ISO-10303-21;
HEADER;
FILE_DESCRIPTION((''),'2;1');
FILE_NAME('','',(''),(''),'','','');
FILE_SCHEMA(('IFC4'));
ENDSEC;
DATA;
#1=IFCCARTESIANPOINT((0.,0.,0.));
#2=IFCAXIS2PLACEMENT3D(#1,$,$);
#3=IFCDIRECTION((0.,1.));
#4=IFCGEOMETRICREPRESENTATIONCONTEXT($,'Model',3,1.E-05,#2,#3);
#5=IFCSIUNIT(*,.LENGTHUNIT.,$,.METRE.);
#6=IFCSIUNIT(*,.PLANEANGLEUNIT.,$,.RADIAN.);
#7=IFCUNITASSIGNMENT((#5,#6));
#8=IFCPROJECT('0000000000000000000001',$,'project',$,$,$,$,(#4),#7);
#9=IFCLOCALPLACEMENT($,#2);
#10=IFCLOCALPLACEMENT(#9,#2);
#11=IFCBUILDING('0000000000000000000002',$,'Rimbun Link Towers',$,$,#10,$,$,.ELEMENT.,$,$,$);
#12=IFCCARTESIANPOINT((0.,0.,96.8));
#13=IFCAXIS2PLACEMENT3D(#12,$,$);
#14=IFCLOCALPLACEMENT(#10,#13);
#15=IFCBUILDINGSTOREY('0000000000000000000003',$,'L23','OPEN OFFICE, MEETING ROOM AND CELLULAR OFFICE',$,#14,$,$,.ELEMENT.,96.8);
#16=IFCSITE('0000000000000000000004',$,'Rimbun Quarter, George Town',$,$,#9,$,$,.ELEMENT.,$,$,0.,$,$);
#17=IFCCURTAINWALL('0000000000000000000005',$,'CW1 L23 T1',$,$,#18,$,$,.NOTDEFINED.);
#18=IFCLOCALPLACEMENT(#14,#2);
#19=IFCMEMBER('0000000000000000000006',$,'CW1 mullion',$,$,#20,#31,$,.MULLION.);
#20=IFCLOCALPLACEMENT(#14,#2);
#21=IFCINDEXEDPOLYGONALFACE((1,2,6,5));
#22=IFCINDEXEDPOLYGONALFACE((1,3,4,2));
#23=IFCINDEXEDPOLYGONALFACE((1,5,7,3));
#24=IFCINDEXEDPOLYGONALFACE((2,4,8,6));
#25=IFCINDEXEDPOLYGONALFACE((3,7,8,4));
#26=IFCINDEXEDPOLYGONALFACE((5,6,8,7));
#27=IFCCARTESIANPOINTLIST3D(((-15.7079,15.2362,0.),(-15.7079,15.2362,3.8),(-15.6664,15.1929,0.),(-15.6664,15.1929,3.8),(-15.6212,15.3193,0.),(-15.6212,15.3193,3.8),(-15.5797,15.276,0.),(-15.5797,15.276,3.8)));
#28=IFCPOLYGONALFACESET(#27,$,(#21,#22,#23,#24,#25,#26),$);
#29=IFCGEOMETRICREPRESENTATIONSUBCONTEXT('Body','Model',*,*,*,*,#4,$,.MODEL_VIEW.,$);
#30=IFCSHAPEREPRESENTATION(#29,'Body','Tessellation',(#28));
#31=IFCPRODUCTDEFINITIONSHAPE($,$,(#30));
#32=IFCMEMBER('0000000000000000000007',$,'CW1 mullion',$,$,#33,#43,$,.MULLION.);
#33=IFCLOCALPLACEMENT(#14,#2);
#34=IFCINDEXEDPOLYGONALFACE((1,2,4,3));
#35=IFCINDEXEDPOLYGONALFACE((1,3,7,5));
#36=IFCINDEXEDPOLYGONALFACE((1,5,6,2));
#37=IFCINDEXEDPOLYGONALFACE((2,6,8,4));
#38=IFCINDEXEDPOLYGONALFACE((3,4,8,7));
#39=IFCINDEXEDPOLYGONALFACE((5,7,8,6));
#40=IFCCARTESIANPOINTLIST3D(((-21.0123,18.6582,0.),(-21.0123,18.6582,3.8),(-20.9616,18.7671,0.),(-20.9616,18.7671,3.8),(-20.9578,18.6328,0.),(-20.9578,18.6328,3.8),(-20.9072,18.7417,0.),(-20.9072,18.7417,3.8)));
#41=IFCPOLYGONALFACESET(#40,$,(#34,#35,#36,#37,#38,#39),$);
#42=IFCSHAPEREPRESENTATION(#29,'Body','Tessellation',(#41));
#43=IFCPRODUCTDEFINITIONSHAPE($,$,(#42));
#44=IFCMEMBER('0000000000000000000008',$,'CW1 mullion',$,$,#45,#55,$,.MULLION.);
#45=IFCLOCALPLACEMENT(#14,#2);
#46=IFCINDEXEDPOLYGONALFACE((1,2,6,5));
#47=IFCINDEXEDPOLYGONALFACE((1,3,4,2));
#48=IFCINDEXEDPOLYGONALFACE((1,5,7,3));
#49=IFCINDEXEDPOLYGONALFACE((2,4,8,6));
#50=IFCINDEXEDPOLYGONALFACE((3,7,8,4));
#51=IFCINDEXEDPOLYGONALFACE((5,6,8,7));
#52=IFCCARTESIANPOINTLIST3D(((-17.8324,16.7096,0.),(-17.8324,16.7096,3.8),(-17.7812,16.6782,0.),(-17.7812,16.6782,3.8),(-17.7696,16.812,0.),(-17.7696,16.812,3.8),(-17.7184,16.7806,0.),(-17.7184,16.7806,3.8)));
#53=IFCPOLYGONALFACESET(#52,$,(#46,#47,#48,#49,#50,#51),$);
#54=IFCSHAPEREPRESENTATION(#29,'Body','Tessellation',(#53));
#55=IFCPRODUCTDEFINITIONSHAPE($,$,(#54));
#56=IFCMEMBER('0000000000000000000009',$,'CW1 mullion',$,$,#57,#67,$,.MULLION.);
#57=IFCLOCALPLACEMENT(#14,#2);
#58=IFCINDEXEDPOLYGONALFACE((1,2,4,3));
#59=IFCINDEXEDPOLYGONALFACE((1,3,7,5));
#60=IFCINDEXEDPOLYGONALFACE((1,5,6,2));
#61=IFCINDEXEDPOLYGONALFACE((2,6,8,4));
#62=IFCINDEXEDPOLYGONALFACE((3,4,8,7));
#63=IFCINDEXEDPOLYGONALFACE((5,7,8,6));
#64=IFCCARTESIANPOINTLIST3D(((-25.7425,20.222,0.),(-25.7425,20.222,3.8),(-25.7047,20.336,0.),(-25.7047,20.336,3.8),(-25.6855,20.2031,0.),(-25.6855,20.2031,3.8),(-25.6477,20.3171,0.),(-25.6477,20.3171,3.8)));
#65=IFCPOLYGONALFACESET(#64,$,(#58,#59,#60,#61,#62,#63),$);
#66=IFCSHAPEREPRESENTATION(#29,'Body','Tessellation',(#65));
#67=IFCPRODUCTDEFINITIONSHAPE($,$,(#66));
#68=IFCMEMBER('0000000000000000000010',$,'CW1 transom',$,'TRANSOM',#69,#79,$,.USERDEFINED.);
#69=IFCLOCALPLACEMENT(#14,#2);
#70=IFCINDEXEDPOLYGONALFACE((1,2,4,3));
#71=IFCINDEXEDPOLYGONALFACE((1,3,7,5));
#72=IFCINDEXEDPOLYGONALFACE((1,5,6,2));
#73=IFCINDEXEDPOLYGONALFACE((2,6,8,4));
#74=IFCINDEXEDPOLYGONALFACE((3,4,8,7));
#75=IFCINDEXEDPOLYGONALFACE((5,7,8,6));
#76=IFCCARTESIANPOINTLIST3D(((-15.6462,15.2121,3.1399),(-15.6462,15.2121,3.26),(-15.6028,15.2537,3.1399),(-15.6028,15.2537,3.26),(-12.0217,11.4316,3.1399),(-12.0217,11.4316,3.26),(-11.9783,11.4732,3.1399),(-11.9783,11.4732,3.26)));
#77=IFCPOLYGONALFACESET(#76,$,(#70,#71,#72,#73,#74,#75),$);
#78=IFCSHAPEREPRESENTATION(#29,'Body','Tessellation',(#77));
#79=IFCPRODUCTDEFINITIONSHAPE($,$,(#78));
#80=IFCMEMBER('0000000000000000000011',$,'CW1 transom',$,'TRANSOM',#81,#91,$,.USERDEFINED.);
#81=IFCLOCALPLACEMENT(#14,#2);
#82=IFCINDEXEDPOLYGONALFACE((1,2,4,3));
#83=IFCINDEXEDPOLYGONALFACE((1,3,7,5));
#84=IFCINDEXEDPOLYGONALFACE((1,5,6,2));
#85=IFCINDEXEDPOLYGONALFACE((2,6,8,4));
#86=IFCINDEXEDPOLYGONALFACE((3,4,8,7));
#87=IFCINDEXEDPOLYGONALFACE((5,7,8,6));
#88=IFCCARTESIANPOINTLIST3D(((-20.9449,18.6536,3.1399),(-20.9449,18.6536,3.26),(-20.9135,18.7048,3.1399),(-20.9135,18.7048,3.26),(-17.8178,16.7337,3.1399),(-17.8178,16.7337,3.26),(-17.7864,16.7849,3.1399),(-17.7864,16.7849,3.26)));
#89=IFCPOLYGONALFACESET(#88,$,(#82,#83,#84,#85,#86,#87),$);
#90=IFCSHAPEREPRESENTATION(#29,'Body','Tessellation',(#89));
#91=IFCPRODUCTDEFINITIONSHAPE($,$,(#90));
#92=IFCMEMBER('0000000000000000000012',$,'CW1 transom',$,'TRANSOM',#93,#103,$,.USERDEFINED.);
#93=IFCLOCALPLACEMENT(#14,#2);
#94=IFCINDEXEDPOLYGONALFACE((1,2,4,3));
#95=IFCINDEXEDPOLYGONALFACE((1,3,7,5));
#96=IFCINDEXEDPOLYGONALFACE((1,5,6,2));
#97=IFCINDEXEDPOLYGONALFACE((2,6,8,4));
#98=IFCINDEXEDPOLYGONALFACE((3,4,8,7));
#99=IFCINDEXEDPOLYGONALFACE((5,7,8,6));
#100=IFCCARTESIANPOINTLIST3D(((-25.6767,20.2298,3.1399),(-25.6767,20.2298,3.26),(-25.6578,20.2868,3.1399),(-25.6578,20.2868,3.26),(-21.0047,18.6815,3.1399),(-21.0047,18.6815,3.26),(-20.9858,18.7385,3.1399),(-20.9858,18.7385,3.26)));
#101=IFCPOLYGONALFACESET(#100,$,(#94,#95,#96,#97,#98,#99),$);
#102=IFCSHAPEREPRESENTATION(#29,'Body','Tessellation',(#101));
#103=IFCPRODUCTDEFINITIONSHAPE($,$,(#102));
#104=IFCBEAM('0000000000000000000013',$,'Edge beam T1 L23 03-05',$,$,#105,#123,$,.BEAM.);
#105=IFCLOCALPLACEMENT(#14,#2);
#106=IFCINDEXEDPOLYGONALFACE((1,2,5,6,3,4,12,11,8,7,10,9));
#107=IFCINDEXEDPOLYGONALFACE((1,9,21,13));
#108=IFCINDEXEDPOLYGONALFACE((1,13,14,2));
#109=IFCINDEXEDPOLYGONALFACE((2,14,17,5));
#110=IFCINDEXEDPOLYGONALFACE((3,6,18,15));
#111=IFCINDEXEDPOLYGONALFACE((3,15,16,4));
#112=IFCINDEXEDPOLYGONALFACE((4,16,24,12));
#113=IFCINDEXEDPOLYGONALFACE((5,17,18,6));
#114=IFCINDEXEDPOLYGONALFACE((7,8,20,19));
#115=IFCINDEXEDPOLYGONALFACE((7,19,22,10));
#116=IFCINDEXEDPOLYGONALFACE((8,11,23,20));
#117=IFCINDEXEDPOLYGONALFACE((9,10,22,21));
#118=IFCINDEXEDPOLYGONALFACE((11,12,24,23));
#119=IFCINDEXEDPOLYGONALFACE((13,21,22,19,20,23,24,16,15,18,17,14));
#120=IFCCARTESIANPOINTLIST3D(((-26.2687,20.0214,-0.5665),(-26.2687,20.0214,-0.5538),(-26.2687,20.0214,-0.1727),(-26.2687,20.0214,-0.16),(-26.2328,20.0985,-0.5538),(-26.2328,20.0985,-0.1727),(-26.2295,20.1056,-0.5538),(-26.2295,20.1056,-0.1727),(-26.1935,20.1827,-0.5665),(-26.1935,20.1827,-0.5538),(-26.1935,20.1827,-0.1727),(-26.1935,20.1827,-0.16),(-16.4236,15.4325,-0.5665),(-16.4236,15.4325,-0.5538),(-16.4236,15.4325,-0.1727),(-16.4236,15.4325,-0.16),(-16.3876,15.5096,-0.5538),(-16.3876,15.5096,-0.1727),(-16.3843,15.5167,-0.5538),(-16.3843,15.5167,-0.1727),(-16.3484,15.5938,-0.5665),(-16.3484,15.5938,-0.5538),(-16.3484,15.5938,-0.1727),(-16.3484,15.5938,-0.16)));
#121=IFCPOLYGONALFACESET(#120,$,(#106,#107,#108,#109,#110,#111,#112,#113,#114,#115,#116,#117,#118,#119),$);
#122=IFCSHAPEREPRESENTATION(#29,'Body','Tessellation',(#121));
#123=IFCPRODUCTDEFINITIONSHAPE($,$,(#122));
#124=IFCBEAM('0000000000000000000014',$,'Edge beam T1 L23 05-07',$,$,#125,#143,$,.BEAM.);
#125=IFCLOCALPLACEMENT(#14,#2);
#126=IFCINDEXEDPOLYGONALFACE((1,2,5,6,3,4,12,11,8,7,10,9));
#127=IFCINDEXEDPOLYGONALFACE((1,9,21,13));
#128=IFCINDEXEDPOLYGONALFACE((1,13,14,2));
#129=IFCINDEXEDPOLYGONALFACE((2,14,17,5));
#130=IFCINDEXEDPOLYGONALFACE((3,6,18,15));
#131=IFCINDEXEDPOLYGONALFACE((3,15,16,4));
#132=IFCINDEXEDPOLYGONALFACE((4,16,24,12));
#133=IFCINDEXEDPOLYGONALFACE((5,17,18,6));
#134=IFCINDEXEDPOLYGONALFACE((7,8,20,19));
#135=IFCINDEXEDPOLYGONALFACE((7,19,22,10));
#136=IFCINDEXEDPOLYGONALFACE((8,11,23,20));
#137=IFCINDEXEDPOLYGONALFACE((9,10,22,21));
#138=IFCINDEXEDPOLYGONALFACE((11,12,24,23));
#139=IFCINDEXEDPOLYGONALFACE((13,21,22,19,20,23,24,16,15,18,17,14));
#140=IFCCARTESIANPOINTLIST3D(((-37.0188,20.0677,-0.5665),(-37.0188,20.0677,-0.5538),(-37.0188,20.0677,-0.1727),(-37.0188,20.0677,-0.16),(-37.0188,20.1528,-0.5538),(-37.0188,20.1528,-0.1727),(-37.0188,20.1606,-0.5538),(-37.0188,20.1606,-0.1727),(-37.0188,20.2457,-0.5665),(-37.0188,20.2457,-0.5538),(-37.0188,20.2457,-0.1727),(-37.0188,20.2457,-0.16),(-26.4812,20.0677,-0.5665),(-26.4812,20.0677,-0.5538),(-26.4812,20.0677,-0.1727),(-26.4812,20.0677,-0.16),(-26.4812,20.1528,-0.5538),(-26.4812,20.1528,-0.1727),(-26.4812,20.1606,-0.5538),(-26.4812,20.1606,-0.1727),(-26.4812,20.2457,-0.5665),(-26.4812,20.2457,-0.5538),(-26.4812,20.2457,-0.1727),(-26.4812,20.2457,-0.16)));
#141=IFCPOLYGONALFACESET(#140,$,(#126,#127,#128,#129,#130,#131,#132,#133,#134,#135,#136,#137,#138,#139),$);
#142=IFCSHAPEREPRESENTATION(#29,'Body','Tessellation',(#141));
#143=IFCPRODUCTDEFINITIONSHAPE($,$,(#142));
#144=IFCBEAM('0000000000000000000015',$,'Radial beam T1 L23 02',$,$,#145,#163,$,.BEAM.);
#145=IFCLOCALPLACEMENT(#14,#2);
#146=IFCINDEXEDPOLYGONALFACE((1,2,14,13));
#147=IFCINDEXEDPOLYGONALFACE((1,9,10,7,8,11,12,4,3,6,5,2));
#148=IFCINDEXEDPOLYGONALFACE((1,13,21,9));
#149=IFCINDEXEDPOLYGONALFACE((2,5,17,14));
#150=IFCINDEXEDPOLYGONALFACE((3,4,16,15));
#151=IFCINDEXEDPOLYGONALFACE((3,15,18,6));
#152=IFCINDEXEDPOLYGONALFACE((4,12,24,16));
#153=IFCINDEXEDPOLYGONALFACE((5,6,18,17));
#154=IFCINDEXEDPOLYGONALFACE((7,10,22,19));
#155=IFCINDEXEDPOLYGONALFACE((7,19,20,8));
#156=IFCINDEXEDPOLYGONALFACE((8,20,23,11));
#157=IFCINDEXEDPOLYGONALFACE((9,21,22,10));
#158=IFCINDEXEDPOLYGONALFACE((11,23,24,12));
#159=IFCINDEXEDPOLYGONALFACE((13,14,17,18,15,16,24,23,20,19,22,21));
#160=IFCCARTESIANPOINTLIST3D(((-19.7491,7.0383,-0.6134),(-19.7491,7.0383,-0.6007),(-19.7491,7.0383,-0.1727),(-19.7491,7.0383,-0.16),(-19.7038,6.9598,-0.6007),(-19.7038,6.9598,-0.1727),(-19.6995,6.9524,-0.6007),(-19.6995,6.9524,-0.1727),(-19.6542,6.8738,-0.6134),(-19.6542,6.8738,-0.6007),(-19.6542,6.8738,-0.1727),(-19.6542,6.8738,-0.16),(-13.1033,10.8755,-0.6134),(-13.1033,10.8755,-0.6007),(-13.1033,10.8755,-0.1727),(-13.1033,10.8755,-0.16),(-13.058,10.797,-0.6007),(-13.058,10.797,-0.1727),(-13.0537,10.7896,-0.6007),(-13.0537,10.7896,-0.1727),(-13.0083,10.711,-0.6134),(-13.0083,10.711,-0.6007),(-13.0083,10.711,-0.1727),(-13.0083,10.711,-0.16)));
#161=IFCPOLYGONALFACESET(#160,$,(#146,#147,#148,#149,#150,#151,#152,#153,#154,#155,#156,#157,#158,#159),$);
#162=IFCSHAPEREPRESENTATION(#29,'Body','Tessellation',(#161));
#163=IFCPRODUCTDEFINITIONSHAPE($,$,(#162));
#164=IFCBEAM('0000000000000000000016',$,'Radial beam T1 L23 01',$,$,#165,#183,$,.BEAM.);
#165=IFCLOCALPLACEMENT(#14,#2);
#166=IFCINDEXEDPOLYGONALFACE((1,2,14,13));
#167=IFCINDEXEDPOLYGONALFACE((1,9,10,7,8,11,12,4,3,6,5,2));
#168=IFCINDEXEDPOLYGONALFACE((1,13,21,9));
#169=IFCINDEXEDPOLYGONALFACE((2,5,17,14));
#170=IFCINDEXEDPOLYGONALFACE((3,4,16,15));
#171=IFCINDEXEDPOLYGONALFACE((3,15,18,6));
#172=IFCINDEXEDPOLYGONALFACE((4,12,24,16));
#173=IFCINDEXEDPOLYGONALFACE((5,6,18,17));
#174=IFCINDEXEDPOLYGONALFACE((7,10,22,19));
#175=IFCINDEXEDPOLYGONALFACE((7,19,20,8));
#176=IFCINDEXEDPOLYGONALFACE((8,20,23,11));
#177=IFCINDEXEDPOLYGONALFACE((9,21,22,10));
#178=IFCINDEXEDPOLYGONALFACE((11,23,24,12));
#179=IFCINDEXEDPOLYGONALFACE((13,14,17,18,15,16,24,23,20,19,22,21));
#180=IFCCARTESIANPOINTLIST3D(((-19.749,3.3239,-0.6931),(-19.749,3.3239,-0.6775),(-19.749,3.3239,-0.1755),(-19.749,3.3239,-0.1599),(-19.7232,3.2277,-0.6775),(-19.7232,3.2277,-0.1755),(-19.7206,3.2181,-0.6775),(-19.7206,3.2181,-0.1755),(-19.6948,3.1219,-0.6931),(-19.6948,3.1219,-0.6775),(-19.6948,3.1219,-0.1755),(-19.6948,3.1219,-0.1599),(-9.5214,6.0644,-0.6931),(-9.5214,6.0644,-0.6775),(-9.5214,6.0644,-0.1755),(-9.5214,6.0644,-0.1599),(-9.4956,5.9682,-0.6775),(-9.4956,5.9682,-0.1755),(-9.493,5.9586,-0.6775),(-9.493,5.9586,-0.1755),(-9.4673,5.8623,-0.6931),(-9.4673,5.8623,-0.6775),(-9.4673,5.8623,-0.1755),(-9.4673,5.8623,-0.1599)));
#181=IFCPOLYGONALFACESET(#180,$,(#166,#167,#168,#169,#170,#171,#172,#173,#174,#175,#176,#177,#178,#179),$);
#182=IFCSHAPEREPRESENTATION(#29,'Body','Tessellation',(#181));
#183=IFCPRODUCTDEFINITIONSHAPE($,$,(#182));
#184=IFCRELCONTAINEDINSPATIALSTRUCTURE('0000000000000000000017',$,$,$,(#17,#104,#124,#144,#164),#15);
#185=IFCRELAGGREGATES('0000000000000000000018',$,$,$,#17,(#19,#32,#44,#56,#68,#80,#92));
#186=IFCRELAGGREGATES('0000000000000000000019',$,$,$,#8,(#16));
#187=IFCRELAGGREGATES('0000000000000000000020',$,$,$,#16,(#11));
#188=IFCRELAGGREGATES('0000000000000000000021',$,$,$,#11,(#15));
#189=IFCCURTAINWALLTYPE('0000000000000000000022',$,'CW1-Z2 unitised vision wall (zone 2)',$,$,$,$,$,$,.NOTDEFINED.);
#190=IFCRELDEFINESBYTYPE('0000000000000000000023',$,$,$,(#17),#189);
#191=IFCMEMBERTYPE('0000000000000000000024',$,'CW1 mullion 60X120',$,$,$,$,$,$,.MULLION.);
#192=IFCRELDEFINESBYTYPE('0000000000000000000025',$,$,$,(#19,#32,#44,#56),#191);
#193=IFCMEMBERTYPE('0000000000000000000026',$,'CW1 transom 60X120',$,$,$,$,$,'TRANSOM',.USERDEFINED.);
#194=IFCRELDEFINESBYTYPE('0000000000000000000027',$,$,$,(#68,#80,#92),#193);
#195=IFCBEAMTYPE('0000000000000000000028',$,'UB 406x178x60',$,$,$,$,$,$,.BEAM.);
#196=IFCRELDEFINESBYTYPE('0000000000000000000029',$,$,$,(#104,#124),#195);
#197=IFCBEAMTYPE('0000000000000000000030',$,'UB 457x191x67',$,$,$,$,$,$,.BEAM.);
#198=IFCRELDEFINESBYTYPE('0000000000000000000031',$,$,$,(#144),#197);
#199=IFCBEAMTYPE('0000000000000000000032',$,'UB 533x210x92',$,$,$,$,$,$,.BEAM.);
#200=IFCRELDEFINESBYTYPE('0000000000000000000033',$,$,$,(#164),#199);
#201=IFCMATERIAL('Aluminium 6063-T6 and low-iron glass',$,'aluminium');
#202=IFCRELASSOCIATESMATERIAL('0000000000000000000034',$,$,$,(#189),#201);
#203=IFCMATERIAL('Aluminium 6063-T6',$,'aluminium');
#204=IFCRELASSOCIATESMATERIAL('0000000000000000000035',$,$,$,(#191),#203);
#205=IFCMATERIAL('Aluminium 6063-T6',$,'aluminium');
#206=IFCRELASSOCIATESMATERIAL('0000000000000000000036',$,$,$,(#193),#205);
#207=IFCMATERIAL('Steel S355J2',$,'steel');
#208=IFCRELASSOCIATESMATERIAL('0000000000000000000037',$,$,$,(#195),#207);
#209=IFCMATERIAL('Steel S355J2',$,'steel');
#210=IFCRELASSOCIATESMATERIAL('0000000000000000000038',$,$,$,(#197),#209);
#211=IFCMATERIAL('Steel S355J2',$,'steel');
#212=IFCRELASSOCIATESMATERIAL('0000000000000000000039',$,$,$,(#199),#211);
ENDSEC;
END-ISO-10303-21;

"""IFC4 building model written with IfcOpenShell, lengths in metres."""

from ifc_helpers import new_model, si_unit, direction, frame, origin, origin_2d, place, context, subcontext, project, spatial, rectangle, i_section, extrude, material, material_profile, profile_set, type_object, element, aggregate, save


model = new_model("IFC4")

# Units and contexts
model_context = context("Model", 3, precision=1e-05, world=origin(), true_north=direction((0.0, 1.0)))
body_context = subcontext(model_context, "Body", "Model", "MODEL_VIEW")
ifc_project = project(units=[si_unit("LENGTHUNIT", "METRE"), si_unit("PLANEANGLEUNIT", "RADIAN")], contexts=[model_context])

# Site, building, storey
site_placement = place(None, origin())
site = spatial("IfcSite", under=ifc_project, at=site_placement, Name="Rimbun Quarter, George Town", CompositionType="ELEMENT", RefElevation=0.0)
building_placement = place(site_placement, origin())
building = spatial("IfcBuilding", under=site, at=building_placement, Name="Rimbun Link Towers", CompositionType="ELEMENT")
storey_placement = place(building_placement, frame((0.0, 0.0, 96.8)))
storey = spatial("IfcBuildingStorey", under=building, at=storey_placement, Name="L23", Description="OPEN OFFICE, MEETING ROOM AND CELLULAR OFFICE", CompositionType="ELEMENT", Elevation=96.8)

# Curtain wall, members
ifc_material_1 = material(Name="Aluminium 6063-T6 and low-iron glass", Category="aluminium")
curtain_wall_type = type_object("IfcCurtainWallType", Name="CW1-Z2 unitised vision wall (zone 2)", PredefinedType="NOTDEFINED", material=ifc_material_1)
curtain_wall_placement = place(storey_placement, origin())
curtain_wall = element("IfcCurtainWall", 1, at=curtain_wall_placement, inside=storey, type_object=curtain_wall_type, Name="CW1 L23 T1", PredefinedType="NOTDEFINED")
ifc_material_2 = material(Name="Aluminium 6063-T6", Category="aluminium")
ifc_material_profile_1 = material_profile(ifc_material_2, rectangle(XDim=0.1201, YDim=0.0601, at=origin_2d()), Name="MULLION 60X120")
ifc_profile_set_1 = profile_set([ifc_material_profile_1], Name="Aluminium 6063-T6")
member_type_1 = type_object("IfcMemberType", Name="CW1 mullion 60X120", PredefinedType="MULLION", material=ifc_profile_set_1)
member_1_placement = place(storey_placement, frame((-15.6438, 15.2561, 0.0), z_axis=(0.0, 0.0, 1.0), x_axis=(0.721854, 0.692045, 0.0)))
member_1 = element("IfcMember", 2, at=member_1_placement, type_object=member_type_1, Name="CW1 mullion", PredefinedType="MULLION", context=body_context, shape_type="SweptSolid", body=[
    extrude(rectangle(XDim=0.1201, YDim=0.0601, at=origin_2d()), origin(), (0.0, 0.0, 1.0), 3.8),
])
member_2_placement = place(storey_placement, frame((-20.9597, 18.7, 0.0), z_axis=(0.0, 0.0, 1.0), x_axis=(0.421699, 0.906736, 0.0)))
member_2 = element("IfcMember", 3, at=member_2_placement, type_object=member_type_1, Name="CW1 mullion", PredefinedType="MULLION", context=body_context, shape_type="SweptSolid", body=[
    extrude(rectangle(XDim=0.1201, YDim=0.0601, at=origin_2d()), origin(), (0.0, 0.0, 1.0), 3.8),
])
member_3_placement = place(storey_placement, frame((-17.7754, 16.7451, 0.0), z_axis=(0.0, 0.0, 1.0), x_axis=(0.523239, 0.852186, 0.0)))
member_3 = element("IfcMember", 4, at=member_3_placement, type_object=member_type_1, Name="CW1 mullion", PredefinedType="MULLION", context=body_context, shape_type="SweptSolid", body=[
    extrude(rectangle(XDim=0.1201, YDim=0.0601, at=origin_2d()), origin(), (0.0, 0.0, 1.0), 3.8),
])
member_4_placement = place(storey_placement, frame((-25.6951, 20.2695, 0.0), z_axis=(0.0, 0.0, 1.0), x_axis=(0.314556, 0.949239, 0.0)))
member_4 = element("IfcMember", 5, at=member_4_placement, type_object=member_type_1, Name="CW1 mullion", PredefinedType="MULLION", context=body_context, shape_type="SweptSolid", body=[
    extrude(rectangle(XDim=0.1201, YDim=0.0601, at=origin_2d()), origin(), (0.0, 0.0, 1.0), 3.8),
])
ifc_material_3 = material(Name="Aluminium 6063-T6", Category="aluminium")
ifc_material_profile_2 = material_profile(ifc_material_3, rectangle(XDim=0.0601, YDim=0.1201, at=origin_2d()), Name="TRANSOM 60X120")
ifc_profile_set_2 = profile_set([ifc_material_profile_2], Name="Aluminium 6063-T6")
member_type_2 = type_object("IfcMemberType", Name="CW1 transom 60X120", ElementType="TRANSOM", PredefinedType="USERDEFINED", material=ifc_profile_set_2)
member_5_placement = place(storey_placement, frame((-15.6245, 15.2329, 3.2), z_axis=(0.692056, -0.721844, 0.0), x_axis=(0.721844, 0.692056, 0.0)))
member_5 = element("IfcMember", 6, at=member_5_placement, type_object=member_type_2, Name="CW1 transom", ObjectType="TRANSOM", PredefinedType="USERDEFINED", context=body_context, shape_type="SweptSolid", body=[
    extrude(rectangle(XDim=0.0601, YDim=0.1201, at=origin_2d()), origin(), (0.0, 0.0, 1.0), 5.2373),
])
member_6_placement = place(storey_placement, frame((-20.9292, 18.6792, 3.2), z_axis=(0.852206, -0.523206, 0.0), x_axis=(0.523206, 0.852206, 0.0)))
member_6 = element("IfcMember", 7, at=member_6_placement, type_object=member_type_2, Name="CW1 transom", ObjectType="TRANSOM", PredefinedType="USERDEFINED", context=body_context, shape_type="SweptSolid", body=[
    extrude(rectangle(XDim=0.0601, YDim=0.1201, at=origin_2d()), origin(), (0.0, 0.0, 1.0), 3.6694),
])
member_7_placement = place(storey_placement, frame((-25.6672, 20.2583, 3.2), z_axis=(0.949232, -0.314576, 0.0), x_axis=(0.314576, 0.949232, 0.0)))
member_7 = element("IfcMember", 8, at=member_7_placement, type_object=member_type_2, Name="CW1 transom", ObjectType="TRANSOM", PredefinedType="USERDEFINED", context=body_context, shape_type="SweptSolid", body=[
    extrude(rectangle(XDim=0.0601, YDim=0.1201, at=origin_2d()), origin(), (0.0, 0.0, 1.0), 4.9219),
])

# Beams
ifc_material_4 = material(Name="Steel S355J2", Category="steel")
ifc_material_profile_3 = material_profile(ifc_material_4, i_section(OverallWidth=0.178, OverallDepth=0.4065, WebThickness=0.0078, FlangeThickness=0.0127, at=origin_2d()), Name="UB 406x178x60")
ifc_profile_set_3 = profile_set([ifc_material_profile_3], Name="Steel S355J2")
beam_type_1 = type_object("IfcBeamType", Name="UB 406x178x60", PredefinedType="BEAM", material=ifc_profile_set_3)
beam_1_placement = place(storey_placement, frame((-16.386, 15.5132, -0.3633), z_axis=(-0.906379, 0.422465, 0.0), x_axis=(-0.422465, -0.906379, 0.0)))
element("IfcBeam", 9, at=beam_1_placement, inside=storey, type_object=beam_type_1, Name="Edge beam T1 L23 03-05", PredefinedType="BEAM", context=body_context, shape_type="SweptSolid", body=[
    extrude(i_section(OverallWidth=0.178, OverallDepth=0.4065, WebThickness=0.0078, FlangeThickness=0.0127, at=origin_2d()), origin(), (0.0, 0.0, 1.0), 10.8621),
])
beam_2_placement = place(storey_placement, frame((-26.4812, 20.1567, -0.3633), z_axis=(-1.0, 0.0, 0.0), x_axis=(0.0, -1.0, 0.0)))
element("IfcBeam", 10, at=beam_2_placement, inside=storey, type_object=beam_type_1, Name="Edge beam T1 L23 05-07", PredefinedType="BEAM", context=body_context, shape_type="SweptSolid", body=[
    extrude(i_section(OverallWidth=0.178, OverallDepth=0.4065, WebThickness=0.0078, FlangeThickness=0.0127, at=origin_2d()), origin(), (0.0, 0.0, 1.0), 10.5376),
])
ifc_material_5 = material(Name="Steel S355J2", Category="steel")
ifc_material_profile_4 = material_profile(ifc_material_5, i_section(OverallWidth=0.1899, OverallDepth=0.4534, WebThickness=0.0085, FlangeThickness=0.0127, at=origin_2d()), Name="UB 457x191x67")
ifc_profile_set_4 = profile_set([ifc_material_profile_4], Name="Steel S355J2")
beam_type_2 = type_object("IfcBeamType", Name="UB 457x191x67", PredefinedType="BEAM", material=ifc_profile_set_4)
beam_3_placement = place(storey_placement, frame((-19.7017, 6.9561, -0.3867), z_axis=(0.866012, 0.500023, 0.0), x_axis=(-0.500023, 0.866012, 0.0)))
element("IfcBeam", 11, at=beam_3_placement, inside=storey, type_object=beam_type_2, Name="Radial beam T1 L23 02", PredefinedType="BEAM", context=body_context, shape_type="SweptSolid", body=[
    extrude(i_section(OverallWidth=0.1899, OverallDepth=0.4534, WebThickness=0.0085, FlangeThickness=0.0127, at=origin_2d()), origin(), (0.0, 0.0, 1.0), 7.6741),
])
ifc_material_6 = material(Name="Steel S355J2", Category="steel")
ifc_material_profile_5 = material_profile(ifc_material_6, i_section(OverallWidth=0.2092, OverallDepth=0.5332, WebThickness=0.01, FlangeThickness=0.0156, at=origin_2d()), Name="UB 533x210x92")
ifc_profile_set_5 = profile_set([ifc_material_profile_5], Name="Steel S355J2")
beam_type_3 = type_object("IfcBeamType", Name="UB 533x210x92", PredefinedType="BEAM", material=ifc_profile_set_5)
beam_4_placement = place(storey_placement, frame((-19.7219, 3.2229, -0.4265), z_axis=(0.965925, 0.258821, 0.0), x_axis=(-0.258821, 0.965925, 0.0)))
element("IfcBeam", 12, at=beam_4_placement, inside=storey, type_object=beam_type_3, Name="Radial beam T1 L23 01", PredefinedType="BEAM", context=body_context, shape_type="SweptSolid", body=[
    extrude(i_section(OverallWidth=0.2092, OverallDepth=0.5332, WebThickness=0.01, FlangeThickness=0.0156, at=origin_2d()), origin(), (0.0, 0.0, 1.0), 10.5884),
])

aggregate(curtain_wall, [member_1, member_2, member_3, member_4, member_5, member_6, member_7])

save(model, "model.ifc")
